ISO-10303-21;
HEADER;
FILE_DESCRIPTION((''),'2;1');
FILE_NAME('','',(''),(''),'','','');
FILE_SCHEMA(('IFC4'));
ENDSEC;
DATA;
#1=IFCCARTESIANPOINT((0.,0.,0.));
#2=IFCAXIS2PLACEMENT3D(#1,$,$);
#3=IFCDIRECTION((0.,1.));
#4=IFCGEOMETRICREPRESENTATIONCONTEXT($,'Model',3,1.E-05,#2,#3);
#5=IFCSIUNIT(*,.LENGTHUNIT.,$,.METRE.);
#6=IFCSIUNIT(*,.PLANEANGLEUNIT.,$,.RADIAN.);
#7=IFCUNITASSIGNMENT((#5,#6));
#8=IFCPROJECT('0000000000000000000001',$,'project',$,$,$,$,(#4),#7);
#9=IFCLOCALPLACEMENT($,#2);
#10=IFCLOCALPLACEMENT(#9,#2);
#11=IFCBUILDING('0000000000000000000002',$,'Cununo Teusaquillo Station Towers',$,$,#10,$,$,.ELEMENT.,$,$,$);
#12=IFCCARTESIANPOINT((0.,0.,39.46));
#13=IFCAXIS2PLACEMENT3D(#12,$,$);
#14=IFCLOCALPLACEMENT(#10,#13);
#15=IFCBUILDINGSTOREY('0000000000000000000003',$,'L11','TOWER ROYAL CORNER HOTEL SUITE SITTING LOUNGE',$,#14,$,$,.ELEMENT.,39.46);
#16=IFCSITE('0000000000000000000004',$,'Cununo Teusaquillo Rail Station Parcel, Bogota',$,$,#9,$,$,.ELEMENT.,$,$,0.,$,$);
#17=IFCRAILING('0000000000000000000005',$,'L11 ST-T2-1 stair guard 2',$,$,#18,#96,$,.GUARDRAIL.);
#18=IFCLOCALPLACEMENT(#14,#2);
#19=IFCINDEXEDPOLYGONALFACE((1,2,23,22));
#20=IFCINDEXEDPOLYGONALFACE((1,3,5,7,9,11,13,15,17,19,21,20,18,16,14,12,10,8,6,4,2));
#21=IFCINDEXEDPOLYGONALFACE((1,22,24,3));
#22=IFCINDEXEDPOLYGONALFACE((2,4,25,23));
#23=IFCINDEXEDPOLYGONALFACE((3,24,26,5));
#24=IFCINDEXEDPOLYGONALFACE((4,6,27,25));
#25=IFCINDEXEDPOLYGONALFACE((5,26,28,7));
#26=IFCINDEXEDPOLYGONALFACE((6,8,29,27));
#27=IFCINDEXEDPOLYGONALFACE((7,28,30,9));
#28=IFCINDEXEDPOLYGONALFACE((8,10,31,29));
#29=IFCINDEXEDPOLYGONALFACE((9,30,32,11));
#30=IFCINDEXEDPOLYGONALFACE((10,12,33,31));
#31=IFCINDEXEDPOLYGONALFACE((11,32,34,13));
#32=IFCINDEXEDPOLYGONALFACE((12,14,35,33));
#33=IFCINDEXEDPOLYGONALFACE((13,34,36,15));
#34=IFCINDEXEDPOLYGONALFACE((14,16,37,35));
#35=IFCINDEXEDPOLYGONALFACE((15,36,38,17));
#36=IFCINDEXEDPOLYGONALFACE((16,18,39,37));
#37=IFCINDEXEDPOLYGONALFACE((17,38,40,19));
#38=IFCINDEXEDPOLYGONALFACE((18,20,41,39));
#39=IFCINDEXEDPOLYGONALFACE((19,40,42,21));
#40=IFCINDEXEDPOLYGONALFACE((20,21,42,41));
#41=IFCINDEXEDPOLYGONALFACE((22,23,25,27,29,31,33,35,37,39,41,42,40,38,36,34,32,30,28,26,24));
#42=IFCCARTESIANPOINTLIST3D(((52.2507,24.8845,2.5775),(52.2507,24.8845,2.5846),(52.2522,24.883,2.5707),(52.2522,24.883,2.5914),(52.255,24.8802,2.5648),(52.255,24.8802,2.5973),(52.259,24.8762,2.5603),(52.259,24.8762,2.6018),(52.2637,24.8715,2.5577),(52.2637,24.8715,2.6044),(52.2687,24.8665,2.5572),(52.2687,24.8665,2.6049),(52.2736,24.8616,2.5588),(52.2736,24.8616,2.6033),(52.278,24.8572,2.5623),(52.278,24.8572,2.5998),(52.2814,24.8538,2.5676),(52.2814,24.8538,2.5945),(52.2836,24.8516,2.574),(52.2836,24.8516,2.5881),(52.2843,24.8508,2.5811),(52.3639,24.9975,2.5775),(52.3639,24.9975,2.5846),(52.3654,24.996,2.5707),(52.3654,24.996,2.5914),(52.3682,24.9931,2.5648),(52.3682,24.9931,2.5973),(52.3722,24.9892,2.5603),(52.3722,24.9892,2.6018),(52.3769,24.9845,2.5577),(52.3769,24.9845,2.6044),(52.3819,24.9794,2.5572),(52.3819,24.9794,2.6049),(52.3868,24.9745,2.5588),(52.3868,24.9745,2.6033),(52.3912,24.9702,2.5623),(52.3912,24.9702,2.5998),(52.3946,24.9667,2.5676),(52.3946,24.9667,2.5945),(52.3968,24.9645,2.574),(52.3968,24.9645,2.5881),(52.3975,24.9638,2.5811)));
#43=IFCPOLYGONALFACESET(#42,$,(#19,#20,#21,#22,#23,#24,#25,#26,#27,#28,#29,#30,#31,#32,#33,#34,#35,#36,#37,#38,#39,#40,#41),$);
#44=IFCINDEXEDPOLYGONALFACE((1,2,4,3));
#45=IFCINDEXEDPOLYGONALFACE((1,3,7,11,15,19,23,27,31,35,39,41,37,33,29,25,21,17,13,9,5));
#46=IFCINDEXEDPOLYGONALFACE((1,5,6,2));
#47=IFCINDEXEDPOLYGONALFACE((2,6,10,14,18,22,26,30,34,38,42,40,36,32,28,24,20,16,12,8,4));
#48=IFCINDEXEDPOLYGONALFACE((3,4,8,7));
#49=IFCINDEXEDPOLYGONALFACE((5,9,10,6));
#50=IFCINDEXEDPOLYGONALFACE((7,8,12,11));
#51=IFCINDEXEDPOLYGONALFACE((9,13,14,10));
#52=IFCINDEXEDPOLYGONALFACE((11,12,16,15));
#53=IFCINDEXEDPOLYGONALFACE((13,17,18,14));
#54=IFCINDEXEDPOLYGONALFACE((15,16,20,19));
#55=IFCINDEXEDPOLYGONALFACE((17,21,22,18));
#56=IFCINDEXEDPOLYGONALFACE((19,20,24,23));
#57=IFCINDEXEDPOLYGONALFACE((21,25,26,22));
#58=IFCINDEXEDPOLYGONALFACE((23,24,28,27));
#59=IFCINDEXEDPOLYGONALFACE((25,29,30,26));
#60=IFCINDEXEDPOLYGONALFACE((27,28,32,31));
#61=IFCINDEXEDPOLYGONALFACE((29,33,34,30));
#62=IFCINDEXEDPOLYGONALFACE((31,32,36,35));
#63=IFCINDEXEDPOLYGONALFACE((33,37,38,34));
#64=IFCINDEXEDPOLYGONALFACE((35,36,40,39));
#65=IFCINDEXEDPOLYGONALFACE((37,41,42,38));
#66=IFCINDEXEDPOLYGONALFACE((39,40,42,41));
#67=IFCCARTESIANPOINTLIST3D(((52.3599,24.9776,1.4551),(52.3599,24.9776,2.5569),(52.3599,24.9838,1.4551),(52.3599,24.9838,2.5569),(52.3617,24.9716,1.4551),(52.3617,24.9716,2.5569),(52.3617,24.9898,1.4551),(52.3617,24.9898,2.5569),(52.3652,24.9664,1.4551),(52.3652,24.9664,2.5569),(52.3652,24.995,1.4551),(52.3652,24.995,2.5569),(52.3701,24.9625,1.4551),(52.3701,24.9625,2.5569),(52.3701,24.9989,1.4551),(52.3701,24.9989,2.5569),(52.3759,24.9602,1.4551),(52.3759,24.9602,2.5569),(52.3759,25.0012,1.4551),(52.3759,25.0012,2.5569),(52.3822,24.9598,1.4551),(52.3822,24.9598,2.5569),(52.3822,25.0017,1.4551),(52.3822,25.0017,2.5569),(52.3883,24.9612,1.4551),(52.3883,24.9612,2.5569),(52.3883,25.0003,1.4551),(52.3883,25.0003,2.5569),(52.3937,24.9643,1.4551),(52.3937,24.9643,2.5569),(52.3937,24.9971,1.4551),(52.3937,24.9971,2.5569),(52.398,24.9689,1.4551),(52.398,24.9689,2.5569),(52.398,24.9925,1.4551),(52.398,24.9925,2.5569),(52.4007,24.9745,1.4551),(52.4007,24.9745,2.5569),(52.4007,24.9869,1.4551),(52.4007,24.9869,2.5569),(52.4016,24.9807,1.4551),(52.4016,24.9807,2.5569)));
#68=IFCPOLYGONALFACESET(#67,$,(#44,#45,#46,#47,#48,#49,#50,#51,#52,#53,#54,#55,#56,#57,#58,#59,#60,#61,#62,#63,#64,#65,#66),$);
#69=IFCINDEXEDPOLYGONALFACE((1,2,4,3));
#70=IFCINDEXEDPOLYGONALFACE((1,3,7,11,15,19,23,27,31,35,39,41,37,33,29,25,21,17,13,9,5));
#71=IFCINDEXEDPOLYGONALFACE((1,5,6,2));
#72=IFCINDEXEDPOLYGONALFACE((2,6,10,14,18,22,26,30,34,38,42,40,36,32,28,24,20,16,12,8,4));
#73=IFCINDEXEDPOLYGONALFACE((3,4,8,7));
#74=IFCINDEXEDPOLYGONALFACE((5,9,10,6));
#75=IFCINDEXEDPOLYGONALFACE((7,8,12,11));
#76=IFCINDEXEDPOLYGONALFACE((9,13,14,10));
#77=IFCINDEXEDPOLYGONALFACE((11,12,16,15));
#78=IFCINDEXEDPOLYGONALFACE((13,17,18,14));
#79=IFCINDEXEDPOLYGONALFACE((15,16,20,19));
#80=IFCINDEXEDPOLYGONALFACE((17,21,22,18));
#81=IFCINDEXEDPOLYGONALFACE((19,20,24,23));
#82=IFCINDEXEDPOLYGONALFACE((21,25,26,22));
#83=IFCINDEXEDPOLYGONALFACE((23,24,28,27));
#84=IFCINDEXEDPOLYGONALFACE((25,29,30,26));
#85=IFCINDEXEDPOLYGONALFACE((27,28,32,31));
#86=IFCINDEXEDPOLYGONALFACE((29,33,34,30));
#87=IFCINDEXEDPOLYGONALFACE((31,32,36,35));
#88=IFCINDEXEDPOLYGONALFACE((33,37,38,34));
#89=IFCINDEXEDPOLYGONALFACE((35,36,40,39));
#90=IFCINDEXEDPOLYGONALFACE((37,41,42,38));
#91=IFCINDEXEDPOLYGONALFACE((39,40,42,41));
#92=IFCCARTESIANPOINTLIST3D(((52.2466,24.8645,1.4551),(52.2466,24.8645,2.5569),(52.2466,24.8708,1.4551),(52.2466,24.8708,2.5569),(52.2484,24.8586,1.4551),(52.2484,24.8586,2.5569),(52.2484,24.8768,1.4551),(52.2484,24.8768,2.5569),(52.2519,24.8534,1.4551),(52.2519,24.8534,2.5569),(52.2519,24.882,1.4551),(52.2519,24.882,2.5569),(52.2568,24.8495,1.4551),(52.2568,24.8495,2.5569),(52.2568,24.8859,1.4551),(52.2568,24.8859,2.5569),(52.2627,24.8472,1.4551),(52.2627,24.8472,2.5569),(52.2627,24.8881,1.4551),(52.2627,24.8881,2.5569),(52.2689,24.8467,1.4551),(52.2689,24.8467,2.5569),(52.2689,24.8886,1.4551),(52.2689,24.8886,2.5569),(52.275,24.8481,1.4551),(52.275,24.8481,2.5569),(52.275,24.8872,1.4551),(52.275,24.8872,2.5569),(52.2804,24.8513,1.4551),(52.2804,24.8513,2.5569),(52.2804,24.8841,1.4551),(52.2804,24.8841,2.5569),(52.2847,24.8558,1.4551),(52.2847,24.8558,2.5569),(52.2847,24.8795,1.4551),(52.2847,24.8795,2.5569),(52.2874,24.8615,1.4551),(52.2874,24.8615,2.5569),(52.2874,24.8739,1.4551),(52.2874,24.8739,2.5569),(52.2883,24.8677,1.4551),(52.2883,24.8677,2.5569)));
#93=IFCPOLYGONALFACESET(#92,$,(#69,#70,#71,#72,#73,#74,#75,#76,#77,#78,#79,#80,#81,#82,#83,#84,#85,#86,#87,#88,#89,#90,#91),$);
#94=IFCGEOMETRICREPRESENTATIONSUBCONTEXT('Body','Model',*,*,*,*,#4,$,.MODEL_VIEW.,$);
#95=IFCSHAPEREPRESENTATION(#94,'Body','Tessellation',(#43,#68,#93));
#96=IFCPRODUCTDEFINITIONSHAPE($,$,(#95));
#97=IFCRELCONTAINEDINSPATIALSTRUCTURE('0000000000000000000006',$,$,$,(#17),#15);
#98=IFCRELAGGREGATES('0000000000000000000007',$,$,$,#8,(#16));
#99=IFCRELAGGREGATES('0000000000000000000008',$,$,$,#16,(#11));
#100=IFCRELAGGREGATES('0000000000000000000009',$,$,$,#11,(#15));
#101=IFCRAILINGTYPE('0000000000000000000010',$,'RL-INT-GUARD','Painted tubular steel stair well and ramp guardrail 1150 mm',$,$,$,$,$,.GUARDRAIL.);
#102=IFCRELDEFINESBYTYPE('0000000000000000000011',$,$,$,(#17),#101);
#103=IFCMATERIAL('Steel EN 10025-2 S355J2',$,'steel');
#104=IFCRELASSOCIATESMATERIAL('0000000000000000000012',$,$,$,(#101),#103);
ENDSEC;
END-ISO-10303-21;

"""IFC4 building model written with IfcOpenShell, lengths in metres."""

from ifc_helpers import new_model, si_unit, direction, frame, origin, origin_2d, place, context, subcontext, project, spatial, circle, extrude, material, type_object, element, save


model = new_model("IFC4")

# Units and contexts
model_context = context("Model", 3, precision=1e-05, world=origin(), true_north=direction((0.0, 1.0)))
body_context = subcontext(model_context, "Body", "Model", "MODEL_VIEW")
ifc_project = project(units=[si_unit("LENGTHUNIT", "METRE"), si_unit("PLANEANGLEUNIT", "RADIAN")], contexts=[model_context])

# Site, building, storey
site_placement = place(None, origin())
site = spatial("IfcSite", under=ifc_project, at=site_placement, Name="Cununo Teusaquillo Rail Station Parcel, Bogota", CompositionType="ELEMENT", RefElevation=0.0)
building_placement = place(site_placement, origin())
building = spatial("IfcBuilding", under=site, at=building_placement, Name="Cununo Teusaquillo Station Towers", CompositionType="ELEMENT")
storey_placement = place(building_placement, frame((0.0, 0.0, 39.46)))
storey = spatial("IfcBuildingStorey", under=building, at=storey_placement, Name="L11", Description="TOWER ROYAL CORNER HOTEL SUITE SITTING LOUNGE", CompositionType="ELEMENT", Elevation=39.46)

# Railing
ifc_material_1 = material(Name="Steel EN 10025-2 S355J2", Category="steel")
railing_type_1 = type_object("IfcRailingType", Name="RL-INT-GUARD", Description="Painted tubular steel stair well and ramp guardrail 1150 mm", PredefinedType="GUARDRAIL", material=ifc_material_1)
railing_1_placement = place(storey_placement, frame((52.3806, 24.9807, 1.4551)))
element("IfcRailing", 1, at=railing_1_placement, inside=storey, type_object=railing_type_1, Name="L11 ST-T2-1 stair guard 2", PredefinedType="GUARDRAIL", context=body_context, shape_type="SweptSolid", body=[
    extrude(circle(Radius=0.0239, at=origin_2d()), frame((0.0, 0.0, 1.126), z_axis=(-0.707869, -0.706344, 0.0), x_axis=(0.706344, -0.707869, 0.0)), (0.0, 0.0, 1.0), 0.1599),
    extrude(circle(Radius=0.021, at=origin_2d()), origin(), (0.0, 0.0, 1.0), 1.1018),
    extrude(circle(Radius=0.021, at=origin_2d()), frame((-0.1133, -0.113, 0.0)), (0.0, 0.0, 1.0), 1.1018),
])

save(model, "model.ifc")
